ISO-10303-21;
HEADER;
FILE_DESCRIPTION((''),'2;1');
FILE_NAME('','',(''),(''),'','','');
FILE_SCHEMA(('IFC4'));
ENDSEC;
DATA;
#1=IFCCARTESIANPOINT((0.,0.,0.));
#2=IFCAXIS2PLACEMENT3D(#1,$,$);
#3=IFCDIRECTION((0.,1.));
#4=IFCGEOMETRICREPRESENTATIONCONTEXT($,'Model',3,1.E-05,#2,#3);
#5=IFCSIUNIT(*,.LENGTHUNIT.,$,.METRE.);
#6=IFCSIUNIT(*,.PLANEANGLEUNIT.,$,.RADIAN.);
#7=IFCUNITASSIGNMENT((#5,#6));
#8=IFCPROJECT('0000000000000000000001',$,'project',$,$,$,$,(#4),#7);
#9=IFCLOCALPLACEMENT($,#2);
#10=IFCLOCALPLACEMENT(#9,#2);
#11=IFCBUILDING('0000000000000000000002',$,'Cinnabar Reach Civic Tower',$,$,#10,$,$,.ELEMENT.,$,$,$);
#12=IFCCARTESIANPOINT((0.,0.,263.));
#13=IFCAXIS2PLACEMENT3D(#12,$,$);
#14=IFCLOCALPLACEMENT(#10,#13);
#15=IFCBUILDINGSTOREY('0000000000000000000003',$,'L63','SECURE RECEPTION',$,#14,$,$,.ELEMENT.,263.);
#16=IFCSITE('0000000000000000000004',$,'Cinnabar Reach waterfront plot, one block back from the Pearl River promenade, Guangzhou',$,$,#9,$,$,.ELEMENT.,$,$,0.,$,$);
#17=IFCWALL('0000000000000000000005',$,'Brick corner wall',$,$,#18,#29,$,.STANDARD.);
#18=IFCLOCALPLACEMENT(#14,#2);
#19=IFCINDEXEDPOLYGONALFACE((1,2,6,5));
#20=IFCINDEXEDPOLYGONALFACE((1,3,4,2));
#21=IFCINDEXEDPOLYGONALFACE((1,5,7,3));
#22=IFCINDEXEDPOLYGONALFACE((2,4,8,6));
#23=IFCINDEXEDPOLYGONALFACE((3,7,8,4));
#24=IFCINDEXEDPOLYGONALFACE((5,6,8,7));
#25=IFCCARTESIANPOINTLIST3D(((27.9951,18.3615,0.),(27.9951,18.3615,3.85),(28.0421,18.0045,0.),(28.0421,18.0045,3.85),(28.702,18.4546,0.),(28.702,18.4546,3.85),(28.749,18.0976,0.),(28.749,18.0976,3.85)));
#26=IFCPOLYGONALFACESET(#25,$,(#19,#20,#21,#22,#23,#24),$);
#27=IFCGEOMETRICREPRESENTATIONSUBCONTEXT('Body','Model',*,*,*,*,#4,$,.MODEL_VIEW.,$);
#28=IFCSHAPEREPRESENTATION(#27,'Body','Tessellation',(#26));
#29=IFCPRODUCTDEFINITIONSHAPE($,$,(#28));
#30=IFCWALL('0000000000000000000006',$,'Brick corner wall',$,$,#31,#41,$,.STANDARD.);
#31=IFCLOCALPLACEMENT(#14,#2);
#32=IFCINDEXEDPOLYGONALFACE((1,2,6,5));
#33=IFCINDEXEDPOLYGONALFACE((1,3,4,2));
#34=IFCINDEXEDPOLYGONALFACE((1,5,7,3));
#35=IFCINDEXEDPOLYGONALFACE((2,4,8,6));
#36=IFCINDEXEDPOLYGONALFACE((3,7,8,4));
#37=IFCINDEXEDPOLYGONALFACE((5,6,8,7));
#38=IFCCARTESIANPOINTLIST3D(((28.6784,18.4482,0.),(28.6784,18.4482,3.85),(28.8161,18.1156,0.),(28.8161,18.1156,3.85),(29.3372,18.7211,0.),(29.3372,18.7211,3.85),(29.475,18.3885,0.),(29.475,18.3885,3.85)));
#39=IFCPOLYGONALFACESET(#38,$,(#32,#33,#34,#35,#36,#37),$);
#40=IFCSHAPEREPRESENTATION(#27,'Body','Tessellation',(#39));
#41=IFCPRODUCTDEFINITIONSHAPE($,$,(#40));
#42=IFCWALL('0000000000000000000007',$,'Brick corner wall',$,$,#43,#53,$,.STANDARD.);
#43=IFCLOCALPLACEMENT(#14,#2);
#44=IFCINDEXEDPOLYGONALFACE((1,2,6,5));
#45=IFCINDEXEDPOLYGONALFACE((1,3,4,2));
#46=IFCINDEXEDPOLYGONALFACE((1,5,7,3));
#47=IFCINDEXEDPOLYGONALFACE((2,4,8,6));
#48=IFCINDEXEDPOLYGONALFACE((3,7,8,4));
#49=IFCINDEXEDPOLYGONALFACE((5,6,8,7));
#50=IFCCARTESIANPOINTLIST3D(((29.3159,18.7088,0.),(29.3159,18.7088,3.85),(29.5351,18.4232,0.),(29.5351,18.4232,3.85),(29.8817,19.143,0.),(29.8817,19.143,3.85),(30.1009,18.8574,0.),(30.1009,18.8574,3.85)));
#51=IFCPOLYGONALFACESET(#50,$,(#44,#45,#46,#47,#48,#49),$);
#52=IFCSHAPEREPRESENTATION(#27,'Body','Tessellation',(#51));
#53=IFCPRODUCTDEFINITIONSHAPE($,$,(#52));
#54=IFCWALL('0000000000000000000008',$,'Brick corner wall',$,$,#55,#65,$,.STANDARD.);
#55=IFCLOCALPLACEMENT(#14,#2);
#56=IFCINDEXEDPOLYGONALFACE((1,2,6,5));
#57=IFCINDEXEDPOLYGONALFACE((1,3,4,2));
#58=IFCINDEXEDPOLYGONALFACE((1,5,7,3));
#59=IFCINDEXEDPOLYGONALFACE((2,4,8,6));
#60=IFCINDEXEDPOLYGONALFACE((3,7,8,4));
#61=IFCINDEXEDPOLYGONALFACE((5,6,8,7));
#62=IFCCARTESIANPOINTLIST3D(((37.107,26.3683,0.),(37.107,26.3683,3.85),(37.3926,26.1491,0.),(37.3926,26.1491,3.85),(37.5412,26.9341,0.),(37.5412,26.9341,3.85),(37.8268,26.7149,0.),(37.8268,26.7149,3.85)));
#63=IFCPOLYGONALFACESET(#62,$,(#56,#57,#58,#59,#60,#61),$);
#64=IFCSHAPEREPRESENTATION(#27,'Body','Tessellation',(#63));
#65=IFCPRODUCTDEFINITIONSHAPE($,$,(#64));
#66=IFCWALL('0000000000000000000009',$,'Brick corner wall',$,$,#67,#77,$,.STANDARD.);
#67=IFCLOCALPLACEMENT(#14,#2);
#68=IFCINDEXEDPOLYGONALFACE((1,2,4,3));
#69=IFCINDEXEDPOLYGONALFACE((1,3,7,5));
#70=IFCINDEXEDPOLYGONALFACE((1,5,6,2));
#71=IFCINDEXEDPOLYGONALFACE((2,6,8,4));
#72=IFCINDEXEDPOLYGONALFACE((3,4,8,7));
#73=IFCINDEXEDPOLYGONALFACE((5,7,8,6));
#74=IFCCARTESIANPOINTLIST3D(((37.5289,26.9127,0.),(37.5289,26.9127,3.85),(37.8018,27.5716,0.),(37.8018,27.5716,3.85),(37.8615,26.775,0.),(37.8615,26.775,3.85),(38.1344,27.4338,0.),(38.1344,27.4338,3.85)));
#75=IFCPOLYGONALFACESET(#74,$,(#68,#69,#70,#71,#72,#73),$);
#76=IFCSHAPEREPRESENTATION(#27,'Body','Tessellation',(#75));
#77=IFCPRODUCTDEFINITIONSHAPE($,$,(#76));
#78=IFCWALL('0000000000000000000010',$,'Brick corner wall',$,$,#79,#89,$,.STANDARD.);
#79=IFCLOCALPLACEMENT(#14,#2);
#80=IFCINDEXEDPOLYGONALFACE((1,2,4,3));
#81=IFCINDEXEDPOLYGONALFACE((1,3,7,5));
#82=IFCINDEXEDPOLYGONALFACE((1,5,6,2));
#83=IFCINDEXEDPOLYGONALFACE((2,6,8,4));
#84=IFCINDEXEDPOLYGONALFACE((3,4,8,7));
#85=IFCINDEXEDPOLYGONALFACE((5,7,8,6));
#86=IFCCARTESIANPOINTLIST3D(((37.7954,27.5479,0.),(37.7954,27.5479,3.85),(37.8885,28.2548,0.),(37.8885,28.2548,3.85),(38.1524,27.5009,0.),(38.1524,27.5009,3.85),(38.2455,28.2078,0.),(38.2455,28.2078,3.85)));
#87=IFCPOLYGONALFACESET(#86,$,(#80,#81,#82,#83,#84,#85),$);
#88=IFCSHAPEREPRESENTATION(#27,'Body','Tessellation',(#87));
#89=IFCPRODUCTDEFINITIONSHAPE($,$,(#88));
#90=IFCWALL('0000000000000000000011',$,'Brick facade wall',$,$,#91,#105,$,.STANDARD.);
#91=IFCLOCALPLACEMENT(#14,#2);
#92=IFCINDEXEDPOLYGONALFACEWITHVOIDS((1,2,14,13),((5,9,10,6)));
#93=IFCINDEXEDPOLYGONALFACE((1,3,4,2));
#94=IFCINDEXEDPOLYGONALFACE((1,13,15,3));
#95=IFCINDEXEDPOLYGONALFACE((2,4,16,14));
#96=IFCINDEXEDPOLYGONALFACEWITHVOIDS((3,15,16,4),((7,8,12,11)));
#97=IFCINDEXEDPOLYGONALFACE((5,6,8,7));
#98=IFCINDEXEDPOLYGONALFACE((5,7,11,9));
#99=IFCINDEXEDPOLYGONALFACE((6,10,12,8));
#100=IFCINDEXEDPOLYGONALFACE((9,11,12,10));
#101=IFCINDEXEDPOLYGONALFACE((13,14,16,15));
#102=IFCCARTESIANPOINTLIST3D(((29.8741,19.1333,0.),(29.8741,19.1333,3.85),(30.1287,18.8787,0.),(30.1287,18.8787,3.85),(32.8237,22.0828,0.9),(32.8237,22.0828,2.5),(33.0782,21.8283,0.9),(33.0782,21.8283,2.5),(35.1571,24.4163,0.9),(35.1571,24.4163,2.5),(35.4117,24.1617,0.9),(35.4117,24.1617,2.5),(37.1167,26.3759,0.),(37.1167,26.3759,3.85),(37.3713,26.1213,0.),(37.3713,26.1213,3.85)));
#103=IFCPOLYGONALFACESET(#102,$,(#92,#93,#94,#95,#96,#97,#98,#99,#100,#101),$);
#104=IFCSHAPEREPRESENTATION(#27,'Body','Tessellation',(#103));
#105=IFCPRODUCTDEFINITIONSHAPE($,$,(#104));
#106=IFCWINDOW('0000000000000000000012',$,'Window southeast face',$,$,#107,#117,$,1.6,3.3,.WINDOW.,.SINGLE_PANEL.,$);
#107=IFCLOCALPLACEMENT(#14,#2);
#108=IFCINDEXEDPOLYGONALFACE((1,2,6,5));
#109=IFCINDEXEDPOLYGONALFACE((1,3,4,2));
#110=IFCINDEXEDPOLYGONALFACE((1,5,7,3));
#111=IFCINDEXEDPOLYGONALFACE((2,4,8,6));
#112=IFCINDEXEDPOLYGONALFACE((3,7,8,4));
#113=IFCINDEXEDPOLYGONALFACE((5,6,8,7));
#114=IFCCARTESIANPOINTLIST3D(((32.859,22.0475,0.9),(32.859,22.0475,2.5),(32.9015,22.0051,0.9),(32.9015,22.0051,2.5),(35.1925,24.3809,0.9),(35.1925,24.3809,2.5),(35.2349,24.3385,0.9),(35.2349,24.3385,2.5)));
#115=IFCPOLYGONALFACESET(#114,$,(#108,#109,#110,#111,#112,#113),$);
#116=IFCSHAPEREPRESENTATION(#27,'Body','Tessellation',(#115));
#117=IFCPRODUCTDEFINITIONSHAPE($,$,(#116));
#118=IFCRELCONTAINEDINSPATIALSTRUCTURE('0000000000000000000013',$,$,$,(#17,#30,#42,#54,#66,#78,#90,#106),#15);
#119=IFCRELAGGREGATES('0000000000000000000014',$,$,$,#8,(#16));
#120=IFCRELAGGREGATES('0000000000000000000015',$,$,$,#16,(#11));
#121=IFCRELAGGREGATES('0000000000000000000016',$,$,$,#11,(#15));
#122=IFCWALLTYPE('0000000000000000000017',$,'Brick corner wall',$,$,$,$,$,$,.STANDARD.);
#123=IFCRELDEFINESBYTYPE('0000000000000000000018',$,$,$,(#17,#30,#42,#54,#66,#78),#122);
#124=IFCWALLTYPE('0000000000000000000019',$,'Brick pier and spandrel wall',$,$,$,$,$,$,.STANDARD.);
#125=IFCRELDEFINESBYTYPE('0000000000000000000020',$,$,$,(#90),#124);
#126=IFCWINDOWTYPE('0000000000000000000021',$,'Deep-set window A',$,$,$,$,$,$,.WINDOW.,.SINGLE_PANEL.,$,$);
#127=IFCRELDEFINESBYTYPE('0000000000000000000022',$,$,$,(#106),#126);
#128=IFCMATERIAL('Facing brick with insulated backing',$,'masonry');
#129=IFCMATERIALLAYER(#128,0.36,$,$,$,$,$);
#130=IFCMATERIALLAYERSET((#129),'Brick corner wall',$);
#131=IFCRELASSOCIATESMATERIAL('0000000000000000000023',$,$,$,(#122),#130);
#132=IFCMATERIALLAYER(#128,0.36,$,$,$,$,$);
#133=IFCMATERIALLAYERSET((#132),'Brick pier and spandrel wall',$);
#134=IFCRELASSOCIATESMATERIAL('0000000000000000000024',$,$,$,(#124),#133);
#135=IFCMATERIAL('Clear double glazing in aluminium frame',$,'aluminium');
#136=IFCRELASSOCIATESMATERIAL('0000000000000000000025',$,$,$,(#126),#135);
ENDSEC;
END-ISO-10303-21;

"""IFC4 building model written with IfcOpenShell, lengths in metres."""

from ifc_helpers import new_model, si_unit, direction, frame, frame_2d, origin, place, context, subcontext, project, spatial, rectangle, extrude, material, layer, layer_set, type_object, element, fill, save


model = new_model("IFC4")

# Units and contexts
model_context = context("Model", 3, precision=1e-05, world=origin(), true_north=direction((0.0, 1.0)))
body_context = subcontext(model_context, "Body", "Model", "MODEL_VIEW")
ifc_project = project(units=[si_unit("LENGTHUNIT", "METRE"), si_unit("PLANEANGLEUNIT", "RADIAN")], contexts=[model_context])

# Site, building, storey
site_placement = place(None, origin())
site = spatial("IfcSite", under=ifc_project, at=site_placement, Name="Cinnabar Reach waterfront plot, one block back from the Pearl River promenade, Guangzhou", CompositionType="ELEMENT", RefElevation=0.0)
building_placement = place(site_placement, origin())
building = spatial("IfcBuilding", under=site, at=building_placement, Name="Cinnabar Reach Civic Tower", CompositionType="ELEMENT")
storey_placement = place(building_placement, frame((0.0, 0.0, 263.0)))
storey = spatial("IfcBuildingStorey", under=building, at=storey_placement, Name="L63", Description="SECURE RECEPTION", CompositionType="ELEMENT", Elevation=263.0)

# Walls
ifc_material_1 = material(Name="Facing brick with insulated backing", Category="masonry")
ifc_layer_1 = layer(ifc_material_1, 0.36)
ifc_layer_set_1 = layer_set([ifc_layer_1], Name="Brick corner wall")
wall_type_1 = type_object("IfcWallType", Name="Brick corner wall", PredefinedType="STANDARD", material=ifc_layer_set_1)
for number, where, z_axis, x_axis, name in (
    (1, (28.0186, 18.183, 0.0), (0.0, 0.0, 1.0), (0.991441, 0.130556, 0.0), "Brick corner wall"),
    (2, (28.7473, 18.2819, 0.0), (0.0, 0.0, 1.0), (0.923872, 0.382703, 0.0), "Brick corner wall"),
):
    element("IfcWall", number, at=place(storey_placement, frame(where, z_axis=z_axis, x_axis=x_axis)), inside=storey, type_object=wall_type_1, Name=name, PredefinedType="STANDARD", context=body_context, shape_type="SweptSolid", body=[
        extrude(rectangle(XDim=0.7131, YDim=0.36, at=frame_2d((0.3565, 0.0))), origin(), (0.0, 0.0, 1.0), 3.85),
    ])
for number, where, z_axis, x_axis, name in (
    (3, (29.4255, 18.566, 0.0), (0.0, 0.0, 1.0), (0.793322, 0.608802, 0.0), "Brick corner wall"),
    (4, (37.2498, 26.2587, 0.0), (0.0, 0.0, 1.0), (0.608802, 0.793322, 0.0), "Brick corner wall"),
):
    element("IfcWall", number, at=place(storey_placement, frame(where, z_axis=z_axis, x_axis=x_axis)), inside=storey, type_object=wall_type_1, Name=name, PredefinedType="STANDARD", context=body_context, shape_type="SweptSolid", body=[
        extrude(rectangle(XDim=0.7132, YDim=0.36, at=frame_2d((0.3566, 0.0))), origin(), (0.0, 0.0, 1.0), 3.85),
    ])
for number, where, z_axis, x_axis, name in (
    (5, (37.6952, 26.8439, 0.0), (0.0, 0.0, 1.0), (0.382703, 0.923872, 0.0), "Brick corner wall"),
    (6, (37.9739, 27.5244, 0.0), (0.0, 0.0, 1.0), (0.130556, 0.991441, 0.0), "Brick corner wall"),
):
    element("IfcWall", number, at=place(storey_placement, frame(where, z_axis=z_axis, x_axis=x_axis)), inside=storey, type_object=wall_type_1, Name=name, PredefinedType="STANDARD", context=body_context, shape_type="SweptSolid", body=[
        extrude(rectangle(XDim=0.7131, YDim=0.36, at=frame_2d((0.3565, 0.0))), origin(), (0.0, 0.0, 1.0), 3.85),
    ])

# Wall, opening, window
ifc_layer_2 = layer(ifc_material_1, 0.36)
ifc_layer_set_2 = layer_set([ifc_layer_2], Name="Brick pier and spandrel wall")
wall_type_2 = type_object("IfcWallType", Name="Brick pier and spandrel wall", PredefinedType="STANDARD", material=ifc_layer_set_2)
wall_1_placement = place(storey_placement, frame((30.0014, 19.006, 0.0), z_axis=(0.0, 0.0, 1.0), x_axis=(0.707107, 0.707107, 0.0)))
wall_1 = element("IfcWall", 7, at=wall_1_placement, inside=storey, type_object=wall_type_2, Name="Brick facade wall", PredefinedType="STANDARD", context=body_context, shape_type="SweptSolid", body=[
    extrude(rectangle(XDim=10.2426, YDim=0.36, at=frame_2d((5.1213, 0.0))), origin(), (0.0, 0.0, 1.0), 3.85),
])
opening_1_placement = place(wall_1_placement, frame((4.1713, 0.0, 0.9)))
opening_1 = element("IfcOpeningElement", 8, at=opening_1_placement, cuts=wall_1, PredefinedType="OPENING", context=body_context, shape_type="SweptSolid", body=[
    extrude(rectangle(XDim=3.3, YDim=1.6, at=frame_2d((1.65, 0.8))), frame((0.0, 0.19, 0.0), z_axis=(0.0, -1.0, 0.0), x_axis=(1.0, 0.0, 0.0)), (0.0, 0.0, 1.0), 0.38),
])
ifc_material_2 = material(Name="Clear double glazing in aluminium frame", Category="aluminium")
window_type_1 = type_object("IfcWindowType", Name="Deep-set window A", PartitioningType="SINGLE_PANEL", PredefinedType="WINDOW", material=ifc_material_2)
window_1_placement = place(opening_1_placement, origin())
window_1 = element("IfcWindow", 9, at=window_1_placement, inside=storey, type_object=window_type_1, Name="Window southeast face", OverallHeight=1.6, OverallWidth=3.3, PartitioningType="SINGLE_PANEL", PredefinedType="WINDOW", context=body_context, shape_type="SweptSolid", body=[
    extrude(rectangle(XDim=3.3, YDim=1.6, at=frame_2d((1.65, 0.8))), frame((0.0, 0.13, 0.0), z_axis=(0.0, -1.0, 0.0), x_axis=(1.0, 0.0, 0.0)), (0.0, 0.0, 1.0), 0.06),
])
fill(opening_1, window_1)

save(model, "model.ifc")
